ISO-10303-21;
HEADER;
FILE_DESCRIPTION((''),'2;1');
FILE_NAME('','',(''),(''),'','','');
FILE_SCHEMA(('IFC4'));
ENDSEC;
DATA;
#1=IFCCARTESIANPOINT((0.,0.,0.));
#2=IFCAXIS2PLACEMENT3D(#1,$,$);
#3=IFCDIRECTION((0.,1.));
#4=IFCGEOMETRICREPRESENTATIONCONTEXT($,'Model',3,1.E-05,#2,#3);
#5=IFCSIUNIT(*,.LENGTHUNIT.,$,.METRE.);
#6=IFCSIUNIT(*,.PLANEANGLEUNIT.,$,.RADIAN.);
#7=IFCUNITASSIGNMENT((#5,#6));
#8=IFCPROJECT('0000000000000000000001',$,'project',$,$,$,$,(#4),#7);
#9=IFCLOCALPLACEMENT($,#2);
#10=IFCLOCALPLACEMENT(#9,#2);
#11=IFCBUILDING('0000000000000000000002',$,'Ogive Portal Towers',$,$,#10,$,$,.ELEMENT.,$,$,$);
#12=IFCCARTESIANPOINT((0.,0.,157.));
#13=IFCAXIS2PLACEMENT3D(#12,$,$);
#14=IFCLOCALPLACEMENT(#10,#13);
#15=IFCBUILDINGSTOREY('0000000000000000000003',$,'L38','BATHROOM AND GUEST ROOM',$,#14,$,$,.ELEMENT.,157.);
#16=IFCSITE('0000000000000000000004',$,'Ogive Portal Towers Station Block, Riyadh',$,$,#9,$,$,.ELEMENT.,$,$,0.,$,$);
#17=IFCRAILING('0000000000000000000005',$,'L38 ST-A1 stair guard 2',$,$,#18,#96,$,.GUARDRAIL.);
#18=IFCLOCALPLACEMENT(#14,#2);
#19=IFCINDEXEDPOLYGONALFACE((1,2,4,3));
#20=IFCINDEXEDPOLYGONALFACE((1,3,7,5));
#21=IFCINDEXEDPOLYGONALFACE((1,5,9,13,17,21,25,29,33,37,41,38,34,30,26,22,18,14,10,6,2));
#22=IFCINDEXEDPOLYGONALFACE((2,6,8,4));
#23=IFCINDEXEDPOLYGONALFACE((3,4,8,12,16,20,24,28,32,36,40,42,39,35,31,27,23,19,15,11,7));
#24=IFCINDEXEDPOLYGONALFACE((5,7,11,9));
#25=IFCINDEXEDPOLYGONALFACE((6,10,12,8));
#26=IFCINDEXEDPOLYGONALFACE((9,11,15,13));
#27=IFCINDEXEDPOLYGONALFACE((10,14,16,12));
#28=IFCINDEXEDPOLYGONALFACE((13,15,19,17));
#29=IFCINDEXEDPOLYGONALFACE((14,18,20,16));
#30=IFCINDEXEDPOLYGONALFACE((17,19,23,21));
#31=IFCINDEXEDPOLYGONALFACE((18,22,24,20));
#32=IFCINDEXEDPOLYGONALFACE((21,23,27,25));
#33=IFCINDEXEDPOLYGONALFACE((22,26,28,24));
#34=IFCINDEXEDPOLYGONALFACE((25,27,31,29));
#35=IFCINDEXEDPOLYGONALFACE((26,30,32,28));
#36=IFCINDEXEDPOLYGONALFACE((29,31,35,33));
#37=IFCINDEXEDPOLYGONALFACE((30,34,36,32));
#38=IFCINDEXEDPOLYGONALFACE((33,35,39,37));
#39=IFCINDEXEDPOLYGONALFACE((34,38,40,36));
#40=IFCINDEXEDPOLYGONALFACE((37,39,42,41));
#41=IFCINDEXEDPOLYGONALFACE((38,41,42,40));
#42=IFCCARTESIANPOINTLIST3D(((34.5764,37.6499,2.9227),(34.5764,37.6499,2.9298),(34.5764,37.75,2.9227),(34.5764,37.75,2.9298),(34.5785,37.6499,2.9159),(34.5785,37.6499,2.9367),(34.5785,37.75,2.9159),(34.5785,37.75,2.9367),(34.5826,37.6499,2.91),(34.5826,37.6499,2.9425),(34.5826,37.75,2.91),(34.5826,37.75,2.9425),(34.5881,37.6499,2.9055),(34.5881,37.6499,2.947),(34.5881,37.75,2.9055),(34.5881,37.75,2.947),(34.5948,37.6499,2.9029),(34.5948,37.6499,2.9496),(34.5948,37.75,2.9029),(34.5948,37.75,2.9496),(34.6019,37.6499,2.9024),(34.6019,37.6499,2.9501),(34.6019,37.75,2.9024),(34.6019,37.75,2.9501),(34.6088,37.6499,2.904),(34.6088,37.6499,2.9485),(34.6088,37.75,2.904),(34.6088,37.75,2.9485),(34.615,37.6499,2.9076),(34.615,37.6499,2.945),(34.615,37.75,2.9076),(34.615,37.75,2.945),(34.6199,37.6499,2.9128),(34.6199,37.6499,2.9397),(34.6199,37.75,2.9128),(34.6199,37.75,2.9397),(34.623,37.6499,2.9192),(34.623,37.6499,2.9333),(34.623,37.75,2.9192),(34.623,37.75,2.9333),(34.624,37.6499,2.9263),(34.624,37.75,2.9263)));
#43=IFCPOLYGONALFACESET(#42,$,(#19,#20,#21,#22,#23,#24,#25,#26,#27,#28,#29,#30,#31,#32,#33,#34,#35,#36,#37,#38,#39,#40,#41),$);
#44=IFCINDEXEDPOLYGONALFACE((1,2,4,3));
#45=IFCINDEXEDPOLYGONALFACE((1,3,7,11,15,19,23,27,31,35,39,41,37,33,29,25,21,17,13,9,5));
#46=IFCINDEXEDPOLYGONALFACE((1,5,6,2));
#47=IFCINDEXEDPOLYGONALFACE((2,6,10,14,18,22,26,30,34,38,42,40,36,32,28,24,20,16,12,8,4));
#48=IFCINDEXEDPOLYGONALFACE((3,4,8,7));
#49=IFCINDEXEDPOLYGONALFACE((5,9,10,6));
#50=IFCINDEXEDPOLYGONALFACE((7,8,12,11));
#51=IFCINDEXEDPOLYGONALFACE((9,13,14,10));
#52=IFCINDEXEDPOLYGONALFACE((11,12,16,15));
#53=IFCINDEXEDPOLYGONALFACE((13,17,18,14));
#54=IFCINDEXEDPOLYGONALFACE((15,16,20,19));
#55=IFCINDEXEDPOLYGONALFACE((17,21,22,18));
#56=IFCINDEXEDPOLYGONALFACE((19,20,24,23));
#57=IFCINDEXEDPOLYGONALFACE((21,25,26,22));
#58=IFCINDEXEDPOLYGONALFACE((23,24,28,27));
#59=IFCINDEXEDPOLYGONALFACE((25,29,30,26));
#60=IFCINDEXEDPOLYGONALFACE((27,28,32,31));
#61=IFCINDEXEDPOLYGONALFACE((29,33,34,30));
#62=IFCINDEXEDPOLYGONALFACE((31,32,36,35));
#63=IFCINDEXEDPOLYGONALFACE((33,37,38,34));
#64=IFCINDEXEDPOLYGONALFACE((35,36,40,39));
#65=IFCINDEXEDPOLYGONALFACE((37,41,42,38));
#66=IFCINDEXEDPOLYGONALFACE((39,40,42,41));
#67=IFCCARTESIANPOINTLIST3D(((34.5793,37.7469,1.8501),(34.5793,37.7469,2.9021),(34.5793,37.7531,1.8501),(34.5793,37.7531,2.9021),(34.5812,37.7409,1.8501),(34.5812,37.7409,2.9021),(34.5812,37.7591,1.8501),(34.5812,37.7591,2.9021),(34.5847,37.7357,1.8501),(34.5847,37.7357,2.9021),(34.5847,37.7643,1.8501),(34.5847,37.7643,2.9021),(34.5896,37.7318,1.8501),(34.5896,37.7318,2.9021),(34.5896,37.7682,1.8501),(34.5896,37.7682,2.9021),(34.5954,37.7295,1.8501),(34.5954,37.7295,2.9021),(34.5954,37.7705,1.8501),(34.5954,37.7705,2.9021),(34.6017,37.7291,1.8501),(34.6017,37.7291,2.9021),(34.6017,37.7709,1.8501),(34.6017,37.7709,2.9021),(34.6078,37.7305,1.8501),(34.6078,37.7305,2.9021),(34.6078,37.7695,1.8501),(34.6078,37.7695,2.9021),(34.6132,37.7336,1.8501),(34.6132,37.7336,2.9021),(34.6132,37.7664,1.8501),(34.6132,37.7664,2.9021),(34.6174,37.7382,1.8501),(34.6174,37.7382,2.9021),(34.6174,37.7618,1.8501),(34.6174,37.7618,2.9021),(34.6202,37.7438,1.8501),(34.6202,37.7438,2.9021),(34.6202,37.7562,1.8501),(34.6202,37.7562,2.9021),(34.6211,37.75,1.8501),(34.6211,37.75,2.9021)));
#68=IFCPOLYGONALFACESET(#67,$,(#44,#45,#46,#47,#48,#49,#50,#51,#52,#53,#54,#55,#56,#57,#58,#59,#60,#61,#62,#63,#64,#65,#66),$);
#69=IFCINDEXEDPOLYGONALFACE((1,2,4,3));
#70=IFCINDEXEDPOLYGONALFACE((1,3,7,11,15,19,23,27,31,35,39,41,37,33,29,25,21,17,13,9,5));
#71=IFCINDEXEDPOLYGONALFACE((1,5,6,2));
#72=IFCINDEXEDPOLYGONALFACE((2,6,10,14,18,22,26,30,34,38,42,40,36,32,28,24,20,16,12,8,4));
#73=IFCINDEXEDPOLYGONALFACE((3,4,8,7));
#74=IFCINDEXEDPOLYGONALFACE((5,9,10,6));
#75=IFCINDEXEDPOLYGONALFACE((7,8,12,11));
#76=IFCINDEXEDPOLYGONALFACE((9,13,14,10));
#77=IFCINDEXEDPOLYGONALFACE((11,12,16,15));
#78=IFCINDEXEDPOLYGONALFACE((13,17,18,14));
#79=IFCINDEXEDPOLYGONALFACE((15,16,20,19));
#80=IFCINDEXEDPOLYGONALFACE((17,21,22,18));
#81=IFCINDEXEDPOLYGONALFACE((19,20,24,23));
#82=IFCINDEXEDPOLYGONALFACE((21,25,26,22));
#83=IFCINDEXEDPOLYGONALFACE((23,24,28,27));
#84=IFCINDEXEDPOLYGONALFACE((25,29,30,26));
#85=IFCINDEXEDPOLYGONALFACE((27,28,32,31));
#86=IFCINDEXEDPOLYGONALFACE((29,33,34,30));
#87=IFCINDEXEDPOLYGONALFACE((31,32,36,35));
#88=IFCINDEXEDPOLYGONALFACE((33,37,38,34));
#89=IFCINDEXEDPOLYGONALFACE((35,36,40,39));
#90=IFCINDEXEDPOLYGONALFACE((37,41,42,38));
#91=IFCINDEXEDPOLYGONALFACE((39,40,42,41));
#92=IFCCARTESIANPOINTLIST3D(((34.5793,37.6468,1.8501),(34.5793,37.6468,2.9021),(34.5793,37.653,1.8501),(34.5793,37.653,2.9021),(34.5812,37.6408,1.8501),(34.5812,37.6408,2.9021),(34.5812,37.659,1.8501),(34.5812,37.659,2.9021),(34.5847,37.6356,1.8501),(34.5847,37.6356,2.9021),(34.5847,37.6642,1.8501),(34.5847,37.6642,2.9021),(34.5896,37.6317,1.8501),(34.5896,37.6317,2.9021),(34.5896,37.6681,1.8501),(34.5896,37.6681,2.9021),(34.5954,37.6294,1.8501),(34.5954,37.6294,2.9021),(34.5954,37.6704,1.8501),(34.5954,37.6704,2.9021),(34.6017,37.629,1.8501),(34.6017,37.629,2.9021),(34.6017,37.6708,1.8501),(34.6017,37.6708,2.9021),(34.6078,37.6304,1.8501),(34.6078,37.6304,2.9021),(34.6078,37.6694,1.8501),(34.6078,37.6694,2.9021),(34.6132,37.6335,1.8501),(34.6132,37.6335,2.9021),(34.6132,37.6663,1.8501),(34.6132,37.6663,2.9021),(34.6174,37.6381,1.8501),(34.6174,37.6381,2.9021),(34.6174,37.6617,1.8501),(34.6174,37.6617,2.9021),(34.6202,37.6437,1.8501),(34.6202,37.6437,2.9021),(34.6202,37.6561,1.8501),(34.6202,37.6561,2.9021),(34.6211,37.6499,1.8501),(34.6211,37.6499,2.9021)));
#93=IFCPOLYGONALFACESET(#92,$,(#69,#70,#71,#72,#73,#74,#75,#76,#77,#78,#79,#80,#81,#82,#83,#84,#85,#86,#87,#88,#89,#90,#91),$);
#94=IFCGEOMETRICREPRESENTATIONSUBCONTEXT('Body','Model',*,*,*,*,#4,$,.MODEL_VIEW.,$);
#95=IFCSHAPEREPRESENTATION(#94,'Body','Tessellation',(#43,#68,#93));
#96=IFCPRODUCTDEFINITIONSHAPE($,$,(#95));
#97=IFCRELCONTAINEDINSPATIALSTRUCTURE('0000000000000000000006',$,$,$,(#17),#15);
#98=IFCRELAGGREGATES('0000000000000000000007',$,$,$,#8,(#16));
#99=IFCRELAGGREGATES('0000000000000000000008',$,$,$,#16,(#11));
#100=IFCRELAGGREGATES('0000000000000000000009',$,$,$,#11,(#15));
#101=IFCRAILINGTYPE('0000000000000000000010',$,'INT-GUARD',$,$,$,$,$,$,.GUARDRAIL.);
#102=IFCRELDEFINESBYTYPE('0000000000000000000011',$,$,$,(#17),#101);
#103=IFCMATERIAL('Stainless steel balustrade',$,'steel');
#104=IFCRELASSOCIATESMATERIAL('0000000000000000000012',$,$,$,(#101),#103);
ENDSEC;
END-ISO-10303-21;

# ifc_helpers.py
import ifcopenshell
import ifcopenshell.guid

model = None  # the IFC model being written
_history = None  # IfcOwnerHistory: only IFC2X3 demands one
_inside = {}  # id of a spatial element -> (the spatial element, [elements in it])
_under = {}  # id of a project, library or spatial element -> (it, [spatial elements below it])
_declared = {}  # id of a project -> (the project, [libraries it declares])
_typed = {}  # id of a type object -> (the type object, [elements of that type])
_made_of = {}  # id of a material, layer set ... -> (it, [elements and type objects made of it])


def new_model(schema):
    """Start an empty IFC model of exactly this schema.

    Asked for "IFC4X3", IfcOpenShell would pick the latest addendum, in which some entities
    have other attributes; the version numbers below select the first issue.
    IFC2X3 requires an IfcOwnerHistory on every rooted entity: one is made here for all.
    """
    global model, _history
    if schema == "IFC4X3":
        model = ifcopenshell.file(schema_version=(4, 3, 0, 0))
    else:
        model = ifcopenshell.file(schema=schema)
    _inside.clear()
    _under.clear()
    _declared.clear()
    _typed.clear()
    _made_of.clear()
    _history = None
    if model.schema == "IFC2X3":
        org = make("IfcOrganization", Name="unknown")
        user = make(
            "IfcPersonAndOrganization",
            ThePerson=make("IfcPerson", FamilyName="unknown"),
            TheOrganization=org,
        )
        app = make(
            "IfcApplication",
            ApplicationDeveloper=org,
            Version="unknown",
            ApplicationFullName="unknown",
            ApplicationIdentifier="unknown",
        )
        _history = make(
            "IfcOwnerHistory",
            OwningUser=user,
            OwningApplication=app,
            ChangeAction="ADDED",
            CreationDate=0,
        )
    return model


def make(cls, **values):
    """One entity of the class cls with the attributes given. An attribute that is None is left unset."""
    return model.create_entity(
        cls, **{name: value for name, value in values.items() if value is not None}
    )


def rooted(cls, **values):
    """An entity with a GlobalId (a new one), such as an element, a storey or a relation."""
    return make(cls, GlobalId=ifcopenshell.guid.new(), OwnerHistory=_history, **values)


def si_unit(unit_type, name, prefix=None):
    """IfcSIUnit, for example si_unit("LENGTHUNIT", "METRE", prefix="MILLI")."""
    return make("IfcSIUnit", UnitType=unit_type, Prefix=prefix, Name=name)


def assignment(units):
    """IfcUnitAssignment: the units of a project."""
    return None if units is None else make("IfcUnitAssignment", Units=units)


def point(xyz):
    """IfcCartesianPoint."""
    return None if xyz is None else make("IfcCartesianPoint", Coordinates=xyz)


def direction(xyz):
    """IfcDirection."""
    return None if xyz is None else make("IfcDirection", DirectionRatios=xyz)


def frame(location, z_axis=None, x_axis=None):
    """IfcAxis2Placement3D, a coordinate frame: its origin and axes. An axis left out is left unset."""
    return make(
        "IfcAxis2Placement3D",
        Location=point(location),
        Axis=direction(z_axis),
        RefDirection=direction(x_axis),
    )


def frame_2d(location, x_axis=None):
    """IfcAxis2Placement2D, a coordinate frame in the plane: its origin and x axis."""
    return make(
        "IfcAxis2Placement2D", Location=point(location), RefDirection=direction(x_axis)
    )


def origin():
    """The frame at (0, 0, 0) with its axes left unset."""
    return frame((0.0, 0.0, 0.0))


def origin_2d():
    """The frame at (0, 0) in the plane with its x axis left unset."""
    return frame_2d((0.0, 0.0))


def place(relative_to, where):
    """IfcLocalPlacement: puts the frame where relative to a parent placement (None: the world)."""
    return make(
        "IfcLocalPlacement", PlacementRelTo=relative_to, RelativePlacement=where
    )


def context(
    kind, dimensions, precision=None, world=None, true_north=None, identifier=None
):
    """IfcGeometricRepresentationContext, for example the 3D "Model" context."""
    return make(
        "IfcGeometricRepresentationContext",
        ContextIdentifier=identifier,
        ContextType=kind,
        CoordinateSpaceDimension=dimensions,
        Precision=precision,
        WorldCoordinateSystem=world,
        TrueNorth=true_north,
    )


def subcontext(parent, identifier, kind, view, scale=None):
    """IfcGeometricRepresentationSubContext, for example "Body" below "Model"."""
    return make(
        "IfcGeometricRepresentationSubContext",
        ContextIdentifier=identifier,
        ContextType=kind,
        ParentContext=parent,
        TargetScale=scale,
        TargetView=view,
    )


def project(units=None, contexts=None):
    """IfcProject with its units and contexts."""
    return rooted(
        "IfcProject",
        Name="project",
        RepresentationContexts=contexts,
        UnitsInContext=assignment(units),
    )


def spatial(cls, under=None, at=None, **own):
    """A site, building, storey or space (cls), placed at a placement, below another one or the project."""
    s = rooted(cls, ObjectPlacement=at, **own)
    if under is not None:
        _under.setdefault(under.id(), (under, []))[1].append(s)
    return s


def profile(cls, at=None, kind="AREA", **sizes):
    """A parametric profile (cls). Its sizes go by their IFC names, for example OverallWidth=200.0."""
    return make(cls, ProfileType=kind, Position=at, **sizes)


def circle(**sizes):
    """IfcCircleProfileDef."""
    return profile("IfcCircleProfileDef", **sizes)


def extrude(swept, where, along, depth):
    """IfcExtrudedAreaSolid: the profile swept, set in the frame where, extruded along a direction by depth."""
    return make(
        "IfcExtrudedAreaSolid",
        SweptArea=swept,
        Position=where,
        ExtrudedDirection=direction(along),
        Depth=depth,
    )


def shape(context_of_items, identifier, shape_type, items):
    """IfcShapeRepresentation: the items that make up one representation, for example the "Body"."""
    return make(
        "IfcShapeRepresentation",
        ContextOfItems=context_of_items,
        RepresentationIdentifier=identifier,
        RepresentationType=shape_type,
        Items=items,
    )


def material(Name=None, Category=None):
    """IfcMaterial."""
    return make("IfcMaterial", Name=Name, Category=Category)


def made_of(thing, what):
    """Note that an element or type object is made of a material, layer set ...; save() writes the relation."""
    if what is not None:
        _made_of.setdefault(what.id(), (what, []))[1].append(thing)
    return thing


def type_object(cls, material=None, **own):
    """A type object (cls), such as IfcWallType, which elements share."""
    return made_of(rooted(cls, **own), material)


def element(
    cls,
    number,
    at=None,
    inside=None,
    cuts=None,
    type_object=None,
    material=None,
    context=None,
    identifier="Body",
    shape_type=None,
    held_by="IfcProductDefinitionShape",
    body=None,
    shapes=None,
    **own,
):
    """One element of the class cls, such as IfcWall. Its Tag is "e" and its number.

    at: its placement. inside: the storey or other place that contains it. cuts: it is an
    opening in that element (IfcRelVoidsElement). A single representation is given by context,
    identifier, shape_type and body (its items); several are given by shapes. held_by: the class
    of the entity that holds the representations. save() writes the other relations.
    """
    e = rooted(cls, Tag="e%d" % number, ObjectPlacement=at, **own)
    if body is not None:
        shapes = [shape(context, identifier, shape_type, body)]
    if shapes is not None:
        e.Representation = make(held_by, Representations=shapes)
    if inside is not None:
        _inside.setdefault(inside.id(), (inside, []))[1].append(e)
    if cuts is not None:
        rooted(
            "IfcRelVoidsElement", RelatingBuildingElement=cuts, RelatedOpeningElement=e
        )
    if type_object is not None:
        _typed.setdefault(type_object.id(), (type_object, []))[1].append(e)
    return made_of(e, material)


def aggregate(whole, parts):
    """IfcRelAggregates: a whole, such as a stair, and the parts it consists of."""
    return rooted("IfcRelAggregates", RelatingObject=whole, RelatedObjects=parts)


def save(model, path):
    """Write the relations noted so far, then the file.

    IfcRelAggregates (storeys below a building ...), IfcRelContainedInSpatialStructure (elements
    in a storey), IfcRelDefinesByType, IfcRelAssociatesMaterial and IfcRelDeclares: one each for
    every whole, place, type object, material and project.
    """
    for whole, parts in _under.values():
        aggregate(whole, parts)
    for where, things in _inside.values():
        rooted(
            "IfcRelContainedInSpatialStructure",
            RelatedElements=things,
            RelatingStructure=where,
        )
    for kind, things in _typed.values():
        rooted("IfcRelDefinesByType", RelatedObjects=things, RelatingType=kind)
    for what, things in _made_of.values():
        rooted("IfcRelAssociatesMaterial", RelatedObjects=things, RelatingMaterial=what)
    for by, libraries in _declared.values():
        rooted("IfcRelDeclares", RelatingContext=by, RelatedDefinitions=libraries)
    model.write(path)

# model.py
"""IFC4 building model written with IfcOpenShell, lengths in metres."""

from ifc_helpers import new_model, si_unit, direction, frame, origin, origin_2d, place, context, subcontext, project, spatial, circle, extrude, material, type_object, element, save


model = new_model("IFC4")

# Units and contexts
model_context = context("Model", 3, precision=1e-05, world=origin(), true_north=direction((0.0, 1.0)))
body_context = subcontext(model_context, "Body", "Model", "MODEL_VIEW")
ifc_project = project(units=[si_unit("LENGTHUNIT", "METRE"), si_unit("PLANEANGLEUNIT", "RADIAN")], contexts=[model_context])

# Site, building, storey
site_placement = place(None, origin())
site = spatial("IfcSite", under=ifc_project, at=site_placement, Name="Ogive Portal Towers Station Block, Riyadh", CompositionType="ELEMENT", RefElevation=0.0)
building_placement = place(site_placement, origin())
building = spatial("IfcBuilding", under=site, at=building_placement, Name="Ogive Portal Towers", CompositionType="ELEMENT")
storey_placement = place(building_placement, frame((0.0, 0.0, 157.0)))
storey = spatial("IfcBuildingStorey", under=building, at=storey_placement, Name="L38", Description="BATHROOM AND GUEST ROOM", CompositionType="ELEMENT", Elevation=157.0)

# Railing
ifc_material_1 = material(Name="Stainless steel balustrade", Category="steel")
railing_type_1 = type_object("IfcRailingType", Name="INT-GUARD", PredefinedType="GUARDRAIL", material=ifc_material_1)
railing_1_placement = place(storey_placement, frame((34.6001, 37.75, 1.8501)))
element("IfcRailing", 1, at=railing_1_placement, inside=storey, type_object=railing_type_1, Name="L38 ST-A1 stair guard 2", PredefinedType="GUARDRAIL", context=body_context, shape_type="SweptSolid", body=[
    extrude(circle(Radius=0.0239, at=origin_2d()), frame((0.0, 0.0, 1.0762), z_axis=(0.0, -1.0, 0.0), x_axis=(1.0, 0.0, 0.0)), (0.0, 0.0, 1.0), 0.1001),
    extrude(circle(Radius=0.021, at=origin_2d()), origin(), (0.0, 0.0, 1.0), 1.052),
    extrude(circle(Radius=0.021, at=origin_2d()), frame((0.0, -0.1001, 0.0)), (0.0, 0.0, 1.0), 1.052),
])

save(model, "model.ifc")
